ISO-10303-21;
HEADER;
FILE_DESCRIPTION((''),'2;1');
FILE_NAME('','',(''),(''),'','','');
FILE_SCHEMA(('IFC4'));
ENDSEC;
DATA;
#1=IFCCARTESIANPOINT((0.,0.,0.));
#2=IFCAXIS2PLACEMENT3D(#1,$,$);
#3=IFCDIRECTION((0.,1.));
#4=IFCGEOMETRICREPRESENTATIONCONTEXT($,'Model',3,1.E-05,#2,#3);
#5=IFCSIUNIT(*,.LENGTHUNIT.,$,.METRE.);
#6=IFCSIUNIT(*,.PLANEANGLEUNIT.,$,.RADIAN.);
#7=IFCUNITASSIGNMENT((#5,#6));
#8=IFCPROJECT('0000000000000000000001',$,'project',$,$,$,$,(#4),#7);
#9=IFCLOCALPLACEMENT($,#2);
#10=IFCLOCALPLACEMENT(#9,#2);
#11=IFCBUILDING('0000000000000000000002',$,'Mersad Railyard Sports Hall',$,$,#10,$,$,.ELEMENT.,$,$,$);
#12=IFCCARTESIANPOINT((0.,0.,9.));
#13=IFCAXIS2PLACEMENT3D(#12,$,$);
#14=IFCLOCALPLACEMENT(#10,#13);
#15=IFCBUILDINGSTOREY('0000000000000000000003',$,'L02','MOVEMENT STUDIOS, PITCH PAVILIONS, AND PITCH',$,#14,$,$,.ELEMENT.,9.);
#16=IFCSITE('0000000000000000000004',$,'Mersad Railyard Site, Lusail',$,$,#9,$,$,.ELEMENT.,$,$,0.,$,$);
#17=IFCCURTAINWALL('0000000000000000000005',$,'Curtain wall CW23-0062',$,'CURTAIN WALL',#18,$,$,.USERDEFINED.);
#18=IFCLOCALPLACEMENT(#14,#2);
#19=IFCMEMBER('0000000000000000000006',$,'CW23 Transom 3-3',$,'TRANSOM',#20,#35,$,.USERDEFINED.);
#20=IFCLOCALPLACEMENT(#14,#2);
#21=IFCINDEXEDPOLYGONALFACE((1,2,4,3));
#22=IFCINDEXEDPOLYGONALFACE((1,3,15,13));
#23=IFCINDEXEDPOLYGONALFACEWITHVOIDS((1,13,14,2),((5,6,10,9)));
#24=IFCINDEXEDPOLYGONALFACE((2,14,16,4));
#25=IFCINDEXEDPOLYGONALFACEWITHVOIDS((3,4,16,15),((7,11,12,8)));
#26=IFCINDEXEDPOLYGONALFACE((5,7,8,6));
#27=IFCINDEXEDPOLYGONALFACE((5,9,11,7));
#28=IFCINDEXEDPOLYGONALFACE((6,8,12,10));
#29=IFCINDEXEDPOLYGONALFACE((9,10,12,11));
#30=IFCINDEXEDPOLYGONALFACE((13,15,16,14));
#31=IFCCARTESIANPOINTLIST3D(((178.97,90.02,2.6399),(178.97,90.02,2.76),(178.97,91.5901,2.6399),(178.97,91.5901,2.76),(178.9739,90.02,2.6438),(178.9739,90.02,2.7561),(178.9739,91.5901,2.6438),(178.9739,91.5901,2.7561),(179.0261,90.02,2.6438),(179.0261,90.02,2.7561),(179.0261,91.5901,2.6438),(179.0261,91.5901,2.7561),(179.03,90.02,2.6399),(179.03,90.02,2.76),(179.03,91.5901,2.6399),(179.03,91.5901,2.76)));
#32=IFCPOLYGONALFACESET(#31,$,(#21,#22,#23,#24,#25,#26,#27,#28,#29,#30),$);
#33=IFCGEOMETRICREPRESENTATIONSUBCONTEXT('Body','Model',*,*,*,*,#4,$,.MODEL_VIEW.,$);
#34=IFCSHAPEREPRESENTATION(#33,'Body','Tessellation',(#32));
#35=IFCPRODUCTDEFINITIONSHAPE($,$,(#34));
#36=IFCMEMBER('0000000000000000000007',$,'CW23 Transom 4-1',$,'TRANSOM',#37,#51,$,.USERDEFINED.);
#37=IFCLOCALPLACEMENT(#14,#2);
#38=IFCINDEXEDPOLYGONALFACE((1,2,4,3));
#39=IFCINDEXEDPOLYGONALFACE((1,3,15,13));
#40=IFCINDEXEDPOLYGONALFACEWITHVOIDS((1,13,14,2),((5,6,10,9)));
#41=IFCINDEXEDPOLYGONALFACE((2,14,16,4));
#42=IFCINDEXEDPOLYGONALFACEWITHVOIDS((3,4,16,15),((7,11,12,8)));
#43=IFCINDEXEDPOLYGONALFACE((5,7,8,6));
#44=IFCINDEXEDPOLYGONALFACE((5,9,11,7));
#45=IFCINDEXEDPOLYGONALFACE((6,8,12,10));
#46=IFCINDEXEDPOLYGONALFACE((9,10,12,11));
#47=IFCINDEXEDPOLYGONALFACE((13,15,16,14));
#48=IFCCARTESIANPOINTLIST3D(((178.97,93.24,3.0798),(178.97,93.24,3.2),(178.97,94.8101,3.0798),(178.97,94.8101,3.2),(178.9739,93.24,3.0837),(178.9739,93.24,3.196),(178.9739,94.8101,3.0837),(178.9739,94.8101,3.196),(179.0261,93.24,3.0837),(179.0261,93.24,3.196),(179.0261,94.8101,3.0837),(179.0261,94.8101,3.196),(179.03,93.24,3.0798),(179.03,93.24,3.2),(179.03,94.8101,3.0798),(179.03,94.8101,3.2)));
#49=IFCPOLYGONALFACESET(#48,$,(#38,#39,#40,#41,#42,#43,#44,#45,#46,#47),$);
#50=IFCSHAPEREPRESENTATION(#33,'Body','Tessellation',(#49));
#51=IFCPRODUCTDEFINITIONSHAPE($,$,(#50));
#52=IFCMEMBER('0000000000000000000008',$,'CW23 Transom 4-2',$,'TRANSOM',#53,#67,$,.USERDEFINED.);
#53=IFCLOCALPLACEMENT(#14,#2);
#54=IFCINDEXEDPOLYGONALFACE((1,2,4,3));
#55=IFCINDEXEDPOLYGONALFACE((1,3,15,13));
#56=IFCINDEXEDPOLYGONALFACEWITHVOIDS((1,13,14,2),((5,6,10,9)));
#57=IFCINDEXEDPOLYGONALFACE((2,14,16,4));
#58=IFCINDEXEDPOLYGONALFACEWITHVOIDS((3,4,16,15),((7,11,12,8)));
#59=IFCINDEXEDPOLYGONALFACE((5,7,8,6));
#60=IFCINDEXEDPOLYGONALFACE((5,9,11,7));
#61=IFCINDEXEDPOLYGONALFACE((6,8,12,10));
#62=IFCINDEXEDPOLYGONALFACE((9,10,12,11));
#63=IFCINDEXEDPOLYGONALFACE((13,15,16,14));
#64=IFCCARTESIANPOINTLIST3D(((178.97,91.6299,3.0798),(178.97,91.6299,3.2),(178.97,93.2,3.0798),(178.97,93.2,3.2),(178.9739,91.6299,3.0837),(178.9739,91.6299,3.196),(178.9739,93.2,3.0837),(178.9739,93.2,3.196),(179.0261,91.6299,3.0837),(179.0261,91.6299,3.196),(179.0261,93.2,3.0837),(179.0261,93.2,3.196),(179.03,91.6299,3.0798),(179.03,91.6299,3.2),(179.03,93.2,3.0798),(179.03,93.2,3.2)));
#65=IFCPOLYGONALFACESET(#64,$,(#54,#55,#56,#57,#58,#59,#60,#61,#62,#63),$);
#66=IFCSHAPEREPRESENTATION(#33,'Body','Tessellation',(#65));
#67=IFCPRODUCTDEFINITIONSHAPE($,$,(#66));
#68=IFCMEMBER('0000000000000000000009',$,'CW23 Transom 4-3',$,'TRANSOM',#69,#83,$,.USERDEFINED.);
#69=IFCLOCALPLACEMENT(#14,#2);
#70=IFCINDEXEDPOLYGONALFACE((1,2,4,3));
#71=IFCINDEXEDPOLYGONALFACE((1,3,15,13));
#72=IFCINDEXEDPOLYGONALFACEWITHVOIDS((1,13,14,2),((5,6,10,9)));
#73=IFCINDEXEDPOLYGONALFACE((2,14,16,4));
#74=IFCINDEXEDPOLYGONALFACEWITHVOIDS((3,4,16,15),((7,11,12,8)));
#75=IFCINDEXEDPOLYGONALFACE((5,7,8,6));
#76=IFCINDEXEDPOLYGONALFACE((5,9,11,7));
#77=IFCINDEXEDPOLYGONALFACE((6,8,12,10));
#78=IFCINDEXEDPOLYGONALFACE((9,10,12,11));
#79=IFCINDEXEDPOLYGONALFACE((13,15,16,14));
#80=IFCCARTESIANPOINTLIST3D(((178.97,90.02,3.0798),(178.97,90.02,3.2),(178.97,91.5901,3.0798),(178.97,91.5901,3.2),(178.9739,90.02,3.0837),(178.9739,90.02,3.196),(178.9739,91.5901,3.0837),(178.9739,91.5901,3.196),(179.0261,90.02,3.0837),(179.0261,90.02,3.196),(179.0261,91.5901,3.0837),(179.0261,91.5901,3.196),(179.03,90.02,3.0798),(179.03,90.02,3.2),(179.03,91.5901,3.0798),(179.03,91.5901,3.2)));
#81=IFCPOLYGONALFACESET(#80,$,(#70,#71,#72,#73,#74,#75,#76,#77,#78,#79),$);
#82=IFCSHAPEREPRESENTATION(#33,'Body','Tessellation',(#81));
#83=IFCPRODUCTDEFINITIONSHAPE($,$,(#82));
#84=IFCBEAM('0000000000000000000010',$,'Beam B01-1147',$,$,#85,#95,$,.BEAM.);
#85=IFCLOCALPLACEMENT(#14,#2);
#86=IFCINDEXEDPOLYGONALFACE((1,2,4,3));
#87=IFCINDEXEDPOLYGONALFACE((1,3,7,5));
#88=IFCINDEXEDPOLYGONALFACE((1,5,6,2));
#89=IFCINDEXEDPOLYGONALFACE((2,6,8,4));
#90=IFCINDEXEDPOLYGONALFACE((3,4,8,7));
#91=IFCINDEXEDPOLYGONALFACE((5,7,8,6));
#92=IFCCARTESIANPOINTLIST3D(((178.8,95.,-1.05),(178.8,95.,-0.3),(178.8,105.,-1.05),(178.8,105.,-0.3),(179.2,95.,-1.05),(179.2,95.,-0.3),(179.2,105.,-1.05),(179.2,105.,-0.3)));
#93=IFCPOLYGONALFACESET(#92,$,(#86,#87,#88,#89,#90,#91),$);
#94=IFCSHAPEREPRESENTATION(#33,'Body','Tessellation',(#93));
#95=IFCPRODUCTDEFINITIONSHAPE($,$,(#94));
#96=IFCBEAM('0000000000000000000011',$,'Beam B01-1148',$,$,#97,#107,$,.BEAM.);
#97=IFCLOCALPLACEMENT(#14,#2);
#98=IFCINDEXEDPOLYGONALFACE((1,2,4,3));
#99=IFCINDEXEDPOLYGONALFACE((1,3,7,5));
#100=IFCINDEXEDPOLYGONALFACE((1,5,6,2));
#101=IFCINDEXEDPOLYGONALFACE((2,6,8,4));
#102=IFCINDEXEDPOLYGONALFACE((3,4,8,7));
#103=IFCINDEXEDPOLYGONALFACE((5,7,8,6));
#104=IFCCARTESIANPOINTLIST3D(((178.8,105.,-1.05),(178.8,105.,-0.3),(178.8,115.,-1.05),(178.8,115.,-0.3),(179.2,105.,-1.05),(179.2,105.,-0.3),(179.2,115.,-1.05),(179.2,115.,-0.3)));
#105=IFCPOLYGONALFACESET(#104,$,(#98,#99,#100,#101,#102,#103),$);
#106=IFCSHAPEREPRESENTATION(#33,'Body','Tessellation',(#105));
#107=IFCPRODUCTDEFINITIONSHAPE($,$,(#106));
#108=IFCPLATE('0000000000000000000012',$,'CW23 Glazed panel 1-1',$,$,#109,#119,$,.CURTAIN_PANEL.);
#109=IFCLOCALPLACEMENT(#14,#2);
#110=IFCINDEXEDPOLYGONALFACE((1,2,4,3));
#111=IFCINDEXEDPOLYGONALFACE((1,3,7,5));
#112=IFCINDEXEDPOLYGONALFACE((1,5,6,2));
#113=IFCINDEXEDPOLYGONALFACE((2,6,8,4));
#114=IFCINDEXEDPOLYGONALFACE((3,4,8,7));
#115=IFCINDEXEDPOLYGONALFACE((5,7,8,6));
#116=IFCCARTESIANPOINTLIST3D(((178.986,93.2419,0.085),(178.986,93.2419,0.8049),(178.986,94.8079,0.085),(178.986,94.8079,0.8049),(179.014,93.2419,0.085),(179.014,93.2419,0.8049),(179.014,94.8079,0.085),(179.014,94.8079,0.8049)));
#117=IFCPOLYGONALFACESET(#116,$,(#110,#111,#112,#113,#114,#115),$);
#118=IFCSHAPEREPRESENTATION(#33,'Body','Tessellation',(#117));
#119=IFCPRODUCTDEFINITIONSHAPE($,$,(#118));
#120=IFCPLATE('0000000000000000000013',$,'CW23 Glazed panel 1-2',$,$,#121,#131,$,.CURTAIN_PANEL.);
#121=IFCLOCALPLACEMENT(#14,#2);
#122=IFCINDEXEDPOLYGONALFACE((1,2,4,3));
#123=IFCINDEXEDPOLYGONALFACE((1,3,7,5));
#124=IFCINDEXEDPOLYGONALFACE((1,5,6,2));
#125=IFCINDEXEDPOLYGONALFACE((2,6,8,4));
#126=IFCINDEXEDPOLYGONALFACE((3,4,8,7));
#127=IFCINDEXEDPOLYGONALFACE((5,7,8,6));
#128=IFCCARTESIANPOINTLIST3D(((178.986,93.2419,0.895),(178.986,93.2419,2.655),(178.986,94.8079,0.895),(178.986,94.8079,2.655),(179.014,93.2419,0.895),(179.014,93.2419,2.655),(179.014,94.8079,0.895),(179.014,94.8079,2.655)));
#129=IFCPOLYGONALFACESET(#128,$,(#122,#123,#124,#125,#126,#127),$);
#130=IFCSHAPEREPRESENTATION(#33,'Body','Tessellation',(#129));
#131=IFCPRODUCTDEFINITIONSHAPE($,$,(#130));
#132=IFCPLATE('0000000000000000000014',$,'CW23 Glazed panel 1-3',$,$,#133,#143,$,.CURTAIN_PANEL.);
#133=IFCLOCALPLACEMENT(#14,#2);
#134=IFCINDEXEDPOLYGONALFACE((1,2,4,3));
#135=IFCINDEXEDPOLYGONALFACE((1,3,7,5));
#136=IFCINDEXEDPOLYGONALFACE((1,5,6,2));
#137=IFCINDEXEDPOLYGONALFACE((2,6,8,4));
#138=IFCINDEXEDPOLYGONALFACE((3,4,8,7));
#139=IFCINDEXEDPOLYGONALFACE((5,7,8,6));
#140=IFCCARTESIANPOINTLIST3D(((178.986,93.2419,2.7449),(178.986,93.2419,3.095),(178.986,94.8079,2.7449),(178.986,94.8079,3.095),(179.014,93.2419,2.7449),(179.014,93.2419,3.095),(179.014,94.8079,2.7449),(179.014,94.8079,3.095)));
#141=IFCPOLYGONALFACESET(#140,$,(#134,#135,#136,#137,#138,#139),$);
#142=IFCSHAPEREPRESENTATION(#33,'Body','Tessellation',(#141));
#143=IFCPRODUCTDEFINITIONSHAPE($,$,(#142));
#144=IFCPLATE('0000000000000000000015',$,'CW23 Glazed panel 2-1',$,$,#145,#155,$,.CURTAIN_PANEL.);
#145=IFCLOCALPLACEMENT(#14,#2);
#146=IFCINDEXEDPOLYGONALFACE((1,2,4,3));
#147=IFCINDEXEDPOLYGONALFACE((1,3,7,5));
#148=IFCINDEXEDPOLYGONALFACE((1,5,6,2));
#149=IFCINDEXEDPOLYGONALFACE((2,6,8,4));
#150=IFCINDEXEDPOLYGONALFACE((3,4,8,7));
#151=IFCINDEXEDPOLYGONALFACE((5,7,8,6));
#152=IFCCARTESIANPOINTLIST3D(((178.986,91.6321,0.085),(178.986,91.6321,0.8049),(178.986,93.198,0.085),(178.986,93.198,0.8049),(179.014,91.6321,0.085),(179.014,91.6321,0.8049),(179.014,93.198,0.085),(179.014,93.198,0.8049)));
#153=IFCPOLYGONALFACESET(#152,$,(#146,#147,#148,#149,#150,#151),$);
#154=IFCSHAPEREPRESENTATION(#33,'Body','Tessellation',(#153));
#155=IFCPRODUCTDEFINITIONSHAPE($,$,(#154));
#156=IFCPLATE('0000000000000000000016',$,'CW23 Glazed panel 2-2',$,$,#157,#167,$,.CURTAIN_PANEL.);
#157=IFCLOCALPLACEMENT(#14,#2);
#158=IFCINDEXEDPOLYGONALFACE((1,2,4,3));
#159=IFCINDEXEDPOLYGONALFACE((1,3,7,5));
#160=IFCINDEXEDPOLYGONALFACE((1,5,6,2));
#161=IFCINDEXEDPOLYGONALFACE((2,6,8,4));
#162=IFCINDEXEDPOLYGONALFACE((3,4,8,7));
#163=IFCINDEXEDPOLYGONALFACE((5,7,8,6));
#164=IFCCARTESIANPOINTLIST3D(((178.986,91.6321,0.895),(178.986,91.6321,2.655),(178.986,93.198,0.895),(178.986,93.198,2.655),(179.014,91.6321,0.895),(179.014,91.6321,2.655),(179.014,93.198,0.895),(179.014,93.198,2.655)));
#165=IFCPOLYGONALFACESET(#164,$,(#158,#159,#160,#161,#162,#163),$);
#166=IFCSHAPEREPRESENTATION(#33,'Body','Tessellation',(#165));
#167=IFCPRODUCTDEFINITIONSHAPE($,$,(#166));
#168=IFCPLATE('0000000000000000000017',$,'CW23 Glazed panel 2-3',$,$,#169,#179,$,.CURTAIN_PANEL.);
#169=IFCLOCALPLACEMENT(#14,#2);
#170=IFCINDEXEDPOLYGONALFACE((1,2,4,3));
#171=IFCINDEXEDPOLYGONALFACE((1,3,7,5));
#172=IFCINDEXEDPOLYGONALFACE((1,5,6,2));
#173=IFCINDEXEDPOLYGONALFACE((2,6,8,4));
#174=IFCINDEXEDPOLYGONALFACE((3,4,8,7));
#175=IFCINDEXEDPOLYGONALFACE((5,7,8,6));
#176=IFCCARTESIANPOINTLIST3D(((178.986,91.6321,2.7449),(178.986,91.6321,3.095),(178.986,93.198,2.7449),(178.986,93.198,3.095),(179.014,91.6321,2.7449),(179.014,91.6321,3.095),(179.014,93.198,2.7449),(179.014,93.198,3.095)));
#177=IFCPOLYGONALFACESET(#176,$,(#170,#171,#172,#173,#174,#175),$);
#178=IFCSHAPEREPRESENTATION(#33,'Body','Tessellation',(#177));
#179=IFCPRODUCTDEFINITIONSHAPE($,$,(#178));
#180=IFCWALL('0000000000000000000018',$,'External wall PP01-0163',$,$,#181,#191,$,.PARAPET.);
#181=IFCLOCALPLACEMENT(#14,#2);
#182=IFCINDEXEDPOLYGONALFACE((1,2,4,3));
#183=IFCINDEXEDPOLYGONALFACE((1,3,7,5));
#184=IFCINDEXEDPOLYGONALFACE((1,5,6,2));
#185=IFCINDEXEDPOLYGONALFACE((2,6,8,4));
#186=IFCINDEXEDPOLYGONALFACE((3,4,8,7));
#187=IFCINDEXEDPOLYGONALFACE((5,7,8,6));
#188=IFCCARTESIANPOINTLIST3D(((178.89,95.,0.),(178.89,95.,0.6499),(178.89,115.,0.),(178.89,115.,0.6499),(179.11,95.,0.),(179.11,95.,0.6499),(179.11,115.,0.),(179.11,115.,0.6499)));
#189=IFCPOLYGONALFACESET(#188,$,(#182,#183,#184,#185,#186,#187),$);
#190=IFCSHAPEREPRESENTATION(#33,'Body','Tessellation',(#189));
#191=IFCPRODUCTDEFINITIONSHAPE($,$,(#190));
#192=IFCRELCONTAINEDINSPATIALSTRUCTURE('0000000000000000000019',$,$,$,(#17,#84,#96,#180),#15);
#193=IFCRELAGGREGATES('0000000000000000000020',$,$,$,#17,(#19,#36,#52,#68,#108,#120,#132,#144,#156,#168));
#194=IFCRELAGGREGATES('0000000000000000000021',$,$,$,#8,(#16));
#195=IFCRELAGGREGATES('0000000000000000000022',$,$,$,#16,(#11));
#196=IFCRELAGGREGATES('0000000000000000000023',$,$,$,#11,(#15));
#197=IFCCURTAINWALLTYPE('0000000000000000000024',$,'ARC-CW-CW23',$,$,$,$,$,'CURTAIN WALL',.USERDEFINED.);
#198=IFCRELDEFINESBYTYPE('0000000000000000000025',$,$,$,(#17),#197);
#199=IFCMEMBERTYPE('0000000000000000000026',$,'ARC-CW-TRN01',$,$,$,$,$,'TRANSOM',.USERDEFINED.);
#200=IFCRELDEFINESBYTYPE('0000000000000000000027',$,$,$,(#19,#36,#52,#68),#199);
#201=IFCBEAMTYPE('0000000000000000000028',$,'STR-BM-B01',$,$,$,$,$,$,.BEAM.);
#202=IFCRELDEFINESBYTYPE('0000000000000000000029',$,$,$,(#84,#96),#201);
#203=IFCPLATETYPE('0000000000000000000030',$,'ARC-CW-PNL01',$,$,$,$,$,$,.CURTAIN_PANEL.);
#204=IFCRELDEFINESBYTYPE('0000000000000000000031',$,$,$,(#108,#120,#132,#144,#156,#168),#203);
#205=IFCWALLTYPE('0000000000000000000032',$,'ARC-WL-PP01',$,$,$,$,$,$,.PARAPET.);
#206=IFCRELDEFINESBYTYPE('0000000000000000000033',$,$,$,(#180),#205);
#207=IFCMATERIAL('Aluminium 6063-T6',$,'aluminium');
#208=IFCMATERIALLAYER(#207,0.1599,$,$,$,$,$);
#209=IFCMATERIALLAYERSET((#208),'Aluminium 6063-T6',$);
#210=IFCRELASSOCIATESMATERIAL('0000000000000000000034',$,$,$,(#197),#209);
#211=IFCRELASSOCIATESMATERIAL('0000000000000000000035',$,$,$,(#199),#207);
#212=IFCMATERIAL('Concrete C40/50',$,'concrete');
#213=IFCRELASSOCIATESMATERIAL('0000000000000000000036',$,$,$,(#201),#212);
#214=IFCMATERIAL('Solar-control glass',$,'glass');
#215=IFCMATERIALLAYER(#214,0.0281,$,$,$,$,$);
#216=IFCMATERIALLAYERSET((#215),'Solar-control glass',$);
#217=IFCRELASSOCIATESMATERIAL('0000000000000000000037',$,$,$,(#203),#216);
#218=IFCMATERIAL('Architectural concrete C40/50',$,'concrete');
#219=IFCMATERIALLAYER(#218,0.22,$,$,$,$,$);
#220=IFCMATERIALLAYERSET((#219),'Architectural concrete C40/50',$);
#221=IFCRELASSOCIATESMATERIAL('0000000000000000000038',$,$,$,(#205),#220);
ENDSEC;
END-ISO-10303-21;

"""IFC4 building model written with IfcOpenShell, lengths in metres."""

from ifc_helpers import new_model, si_unit, direction, frame, frame_2d, origin, origin_2d, place, context, subcontext, project, spatial, rectangle, hollow_rectangle, extrude, material, layer, layer_set, material_profile, profile_set, type_object, element, aggregate, save


model = new_model("IFC4")

# Units and contexts
model_context = context("Model", 3, precision=1e-05, world=origin(), true_north=direction((0.0, 1.0)))
body_context = subcontext(model_context, "Body", "Model", "MODEL_VIEW")
ifc_project = project(units=[si_unit("LENGTHUNIT", "METRE"), si_unit("PLANEANGLEUNIT", "RADIAN")], contexts=[model_context])

# Site, building, storey
site_placement = place(None, origin())
site = spatial("IfcSite", under=ifc_project, at=site_placement, Name="Mersad Railyard Site, Lusail", CompositionType="ELEMENT", RefElevation=0.0)
building_placement = place(site_placement, origin())
building = spatial("IfcBuilding", under=site, at=building_placement, Name="Mersad Railyard Sports Hall", CompositionType="ELEMENT")
storey_placement = place(building_placement, frame((0.0, 0.0, 9.0)))
storey = spatial("IfcBuildingStorey", under=building, at=storey_placement, Name="L02", Description="MOVEMENT STUDIOS, PITCH PAVILIONS, AND PITCH", CompositionType="ELEMENT", Elevation=9.0)

# Curtain wall, members
ifc_material_1 = material(Name="Aluminium 6063-T6", Category="aluminium")
ifc_layer_1 = layer(ifc_material_1, 0.1599)
ifc_layer_set_1 = layer_set([ifc_layer_1], Name="Aluminium 6063-T6")
curtain_wall_type = type_object("IfcCurtainWallType", Name="ARC-CW-CW23", ElementType="CURTAIN WALL", PredefinedType="USERDEFINED", material=ifc_layer_set_1)
curtain_wall_placement = place(storey_placement, origin())
curtain_wall = element("IfcCurtainWall", 1, at=curtain_wall_placement, inside=storey, type_object=curtain_wall_type, Name="Curtain wall CW23-0062", ObjectType="CURTAIN WALL", PredefinedType="USERDEFINED")
ifc_material_profile_1 = material_profile(ifc_material_1, hollow_rectangle(XDim=0.0601, YDim=0.1201, WallThickness=0.0039, at=origin_2d()), Name="AL TRANSOM 60x120x4")
ifc_profile_set_1 = profile_set([ifc_material_profile_1], Name="Aluminium 6063-T6")
member_type_1 = type_object("IfcMemberType", Name="ARC-CW-TRN01", ElementType="TRANSOM", PredefinedType="USERDEFINED", material=ifc_profile_set_1)
member_1_placement = place(storey_placement, frame((179.0, 91.5901, 2.7), z_axis=(0.0, -1.0, 0.0), x_axis=(1.0, 0.0, 0.0)))
member_1 = element("IfcMember", 2, at=member_1_placement, type_object=member_type_1, Name="CW23 Transom 3-3", ObjectType="TRANSOM", PredefinedType="USERDEFINED", context=body_context, shape_type="SweptSolid", body=[
    extrude(hollow_rectangle(XDim=0.0601, YDim=0.1201, WallThickness=0.0039, at=origin_2d()), origin(), (0.0, 0.0, 1.0), 1.5701),
])
member_2_placement = place(storey_placement, frame((179.0, 94.8101, 3.1399), z_axis=(0.0, -1.0, 0.0), x_axis=(1.0, 0.0, 0.0)))
member_2 = element("IfcMember", 3, at=member_2_placement, type_object=member_type_1, Name="CW23 Transom 4-1", ObjectType="TRANSOM", PredefinedType="USERDEFINED", context=body_context, shape_type="SweptSolid", body=[
    extrude(hollow_rectangle(XDim=0.0601, YDim=0.1201, WallThickness=0.0039, at=origin_2d()), origin(), (0.0, 0.0, 1.0), 1.5701),
])
member_3_placement = place(storey_placement, frame((179.0, 93.2, 3.1399), z_axis=(0.0, -1.0, 0.0), x_axis=(1.0, 0.0, 0.0)))
member_3 = element("IfcMember", 4, at=member_3_placement, type_object=member_type_1, Name="CW23 Transom 4-2", ObjectType="TRANSOM", PredefinedType="USERDEFINED", context=body_context, shape_type="SweptSolid", body=[
    extrude(hollow_rectangle(XDim=0.0601, YDim=0.1201, WallThickness=0.0039, at=origin_2d()), origin(), (0.0, 0.0, 1.0), 1.5701),
])
member_4_placement = place(storey_placement, frame((179.0, 91.5901, 3.1399), z_axis=(0.0, -1.0, 0.0), x_axis=(1.0, 0.0, 0.0)))
member_4 = element("IfcMember", 5, at=member_4_placement, type_object=member_type_1, Name="CW23 Transom 4-3", ObjectType="TRANSOM", PredefinedType="USERDEFINED", context=body_context, shape_type="SweptSolid", body=[
    extrude(hollow_rectangle(XDim=0.0601, YDim=0.1201, WallThickness=0.0039, at=origin_2d()), origin(), (0.0, 0.0, 1.0), 1.5701),
])

# Beams
ifc_material_2 = material(Name="Concrete C40/50", Category="concrete")
ifc_material_profile_2 = material_profile(ifc_material_2, rectangle(XDim=0.3999, YDim=0.75, at=origin_2d()), Name="RC 400x750")
ifc_profile_set_2 = profile_set([ifc_material_profile_2], Name="Concrete C40/50")
beam_type = type_object("IfcBeamType", Name="STR-BM-B01", PredefinedType="BEAM", material=ifc_profile_set_2)
for number, where, z_axis, x_axis, name in (
    (6, (179.0, 95.0, -0.675), (0.0, 1.0, 0.0), (-1.0, 0.0, 0.0), "Beam B01-1147"),
    (7, (179.0, 105.0, -0.675), (0.0, 1.0, 0.0), (-1.0, 0.0, 0.0), "Beam B01-1148"),
):
    element("IfcBeam", number, at=place(storey_placement, frame(where, z_axis=z_axis, x_axis=x_axis)), inside=storey, type_object=beam_type, Name=name, PredefinedType="BEAM", context=body_context, shape_type="SweptSolid", body=[
        extrude(rectangle(XDim=0.3999, YDim=0.75, at=origin_2d()), origin(), (0.0, 0.0, 1.0), 10.0),
    ])

# Plates
ifc_material_3 = material(Name="Solar-control glass", Category="glass")
ifc_layer_2 = layer(ifc_material_3, 0.0281)
ifc_layer_set_2 = layer_set([ifc_layer_2], Name="Solar-control glass")
plate_type = type_object("IfcPlateType", Name="ARC-CW-PNL01", PredefinedType="CURTAIN_PANEL", material=ifc_layer_set_2)
plate_1_placement = place(storey_placement, frame((179.0, 94.0249, 0.085), z_axis=(0.0, 0.0, 1.0), x_axis=(0.0, -1.0, 0.0)))
plate_1 = element("IfcPlate", 8, at=plate_1_placement, type_object=plate_type, Name="CW23 Glazed panel 1-1", PredefinedType="CURTAIN_PANEL", context=body_context, shape_type="SweptSolid", body=[
    extrude(rectangle(XDim=1.5659, YDim=0.0281, at=origin_2d()), origin(), (0.0, 0.0, 1.0), 0.72),
])
plate_2_placement = place(storey_placement, frame((179.0, 94.0249, 0.895), z_axis=(0.0, 0.0, 1.0), x_axis=(0.0, -1.0, 0.0)))
plate_2 = element("IfcPlate", 9, at=plate_2_placement, type_object=plate_type, Name="CW23 Glazed panel 1-2", PredefinedType="CURTAIN_PANEL", context=body_context, shape_type="SweptSolid", body=[
    extrude(rectangle(XDim=1.5659, YDim=0.0281, at=origin_2d()), origin(), (0.0, 0.0, 1.0), 1.76),
])
plate_3_placement = place(storey_placement, frame((179.0, 94.0249, 2.7449), z_axis=(0.0, 0.0, 1.0), x_axis=(0.0, -1.0, 0.0)))
plate_3 = element("IfcPlate", 10, at=plate_3_placement, type_object=plate_type, Name="CW23 Glazed panel 1-3", PredefinedType="CURTAIN_PANEL", context=body_context, shape_type="SweptSolid", body=[
    extrude(rectangle(XDim=1.5659, YDim=0.0281, at=origin_2d()), origin(), (0.0, 0.0, 1.0), 0.3501),
])
plate_4_placement = place(storey_placement, frame((179.0, 92.415, 0.085), z_axis=(0.0, 0.0, 1.0), x_axis=(0.0, -1.0, 0.0)))
plate_4 = element("IfcPlate", 11, at=plate_4_placement, type_object=plate_type, Name="CW23 Glazed panel 2-1", PredefinedType="CURTAIN_PANEL", context=body_context, shape_type="SweptSolid", body=[
    extrude(rectangle(XDim=1.5659, YDim=0.0281, at=origin_2d()), origin(), (0.0, 0.0, 1.0), 0.72),
])
plate_5_placement = place(storey_placement, frame((179.0, 92.415, 0.895), z_axis=(0.0, 0.0, 1.0), x_axis=(0.0, -1.0, 0.0)))
plate_5 = element("IfcPlate", 12, at=plate_5_placement, type_object=plate_type, Name="CW23 Glazed panel 2-2", PredefinedType="CURTAIN_PANEL", context=body_context, shape_type="SweptSolid", body=[
    extrude(rectangle(XDim=1.5659, YDim=0.0281, at=origin_2d()), origin(), (0.0, 0.0, 1.0), 1.76),
])
plate_6_placement = place(storey_placement, frame((179.0, 92.415, 2.7449), z_axis=(0.0, 0.0, 1.0), x_axis=(0.0, -1.0, 0.0)))
plate_6 = element("IfcPlate", 13, at=plate_6_placement, type_object=plate_type, Name="CW23 Glazed panel 2-3", PredefinedType="CURTAIN_PANEL", context=body_context, shape_type="SweptSolid", body=[
    extrude(rectangle(XDim=1.5659, YDim=0.0281, at=origin_2d()), origin(), (0.0, 0.0, 1.0), 0.3501),
])
aggregate(curtain_wall, [member_1, member_2, member_3, member_4, plate_1, plate_2, plate_3, plate_4, plate_5, plate_6])

# Wall
ifc_material_4 = material(Name="Architectural concrete C40/50", Category="concrete")
ifc_layer_3 = layer(ifc_material_4, 0.22)
ifc_layer_set_3 = layer_set([ifc_layer_3], Name="Architectural concrete C40/50")
wall_type = type_object("IfcWallType", Name="ARC-WL-PP01", PredefinedType="PARAPET", material=ifc_layer_set_3)
wall_placement = place(storey_placement, frame((179.0, 115.0, 0.0), z_axis=(0.0, 0.0, 1.0), x_axis=(0.0, -1.0, 0.0)))
element("IfcWall", 14, at=wall_placement, inside=storey, type_object=wall_type, Name="External wall PP01-0163", PredefinedType="PARAPET", context=body_context, shape_type="SweptSolid", body=[
    extrude(rectangle(XDim=20.0, YDim=0.22, at=frame_2d((10.0, 0.0))), origin(), (0.0, 0.0, 1.0), 0.6499),
])

save(model, "model.ifc")
